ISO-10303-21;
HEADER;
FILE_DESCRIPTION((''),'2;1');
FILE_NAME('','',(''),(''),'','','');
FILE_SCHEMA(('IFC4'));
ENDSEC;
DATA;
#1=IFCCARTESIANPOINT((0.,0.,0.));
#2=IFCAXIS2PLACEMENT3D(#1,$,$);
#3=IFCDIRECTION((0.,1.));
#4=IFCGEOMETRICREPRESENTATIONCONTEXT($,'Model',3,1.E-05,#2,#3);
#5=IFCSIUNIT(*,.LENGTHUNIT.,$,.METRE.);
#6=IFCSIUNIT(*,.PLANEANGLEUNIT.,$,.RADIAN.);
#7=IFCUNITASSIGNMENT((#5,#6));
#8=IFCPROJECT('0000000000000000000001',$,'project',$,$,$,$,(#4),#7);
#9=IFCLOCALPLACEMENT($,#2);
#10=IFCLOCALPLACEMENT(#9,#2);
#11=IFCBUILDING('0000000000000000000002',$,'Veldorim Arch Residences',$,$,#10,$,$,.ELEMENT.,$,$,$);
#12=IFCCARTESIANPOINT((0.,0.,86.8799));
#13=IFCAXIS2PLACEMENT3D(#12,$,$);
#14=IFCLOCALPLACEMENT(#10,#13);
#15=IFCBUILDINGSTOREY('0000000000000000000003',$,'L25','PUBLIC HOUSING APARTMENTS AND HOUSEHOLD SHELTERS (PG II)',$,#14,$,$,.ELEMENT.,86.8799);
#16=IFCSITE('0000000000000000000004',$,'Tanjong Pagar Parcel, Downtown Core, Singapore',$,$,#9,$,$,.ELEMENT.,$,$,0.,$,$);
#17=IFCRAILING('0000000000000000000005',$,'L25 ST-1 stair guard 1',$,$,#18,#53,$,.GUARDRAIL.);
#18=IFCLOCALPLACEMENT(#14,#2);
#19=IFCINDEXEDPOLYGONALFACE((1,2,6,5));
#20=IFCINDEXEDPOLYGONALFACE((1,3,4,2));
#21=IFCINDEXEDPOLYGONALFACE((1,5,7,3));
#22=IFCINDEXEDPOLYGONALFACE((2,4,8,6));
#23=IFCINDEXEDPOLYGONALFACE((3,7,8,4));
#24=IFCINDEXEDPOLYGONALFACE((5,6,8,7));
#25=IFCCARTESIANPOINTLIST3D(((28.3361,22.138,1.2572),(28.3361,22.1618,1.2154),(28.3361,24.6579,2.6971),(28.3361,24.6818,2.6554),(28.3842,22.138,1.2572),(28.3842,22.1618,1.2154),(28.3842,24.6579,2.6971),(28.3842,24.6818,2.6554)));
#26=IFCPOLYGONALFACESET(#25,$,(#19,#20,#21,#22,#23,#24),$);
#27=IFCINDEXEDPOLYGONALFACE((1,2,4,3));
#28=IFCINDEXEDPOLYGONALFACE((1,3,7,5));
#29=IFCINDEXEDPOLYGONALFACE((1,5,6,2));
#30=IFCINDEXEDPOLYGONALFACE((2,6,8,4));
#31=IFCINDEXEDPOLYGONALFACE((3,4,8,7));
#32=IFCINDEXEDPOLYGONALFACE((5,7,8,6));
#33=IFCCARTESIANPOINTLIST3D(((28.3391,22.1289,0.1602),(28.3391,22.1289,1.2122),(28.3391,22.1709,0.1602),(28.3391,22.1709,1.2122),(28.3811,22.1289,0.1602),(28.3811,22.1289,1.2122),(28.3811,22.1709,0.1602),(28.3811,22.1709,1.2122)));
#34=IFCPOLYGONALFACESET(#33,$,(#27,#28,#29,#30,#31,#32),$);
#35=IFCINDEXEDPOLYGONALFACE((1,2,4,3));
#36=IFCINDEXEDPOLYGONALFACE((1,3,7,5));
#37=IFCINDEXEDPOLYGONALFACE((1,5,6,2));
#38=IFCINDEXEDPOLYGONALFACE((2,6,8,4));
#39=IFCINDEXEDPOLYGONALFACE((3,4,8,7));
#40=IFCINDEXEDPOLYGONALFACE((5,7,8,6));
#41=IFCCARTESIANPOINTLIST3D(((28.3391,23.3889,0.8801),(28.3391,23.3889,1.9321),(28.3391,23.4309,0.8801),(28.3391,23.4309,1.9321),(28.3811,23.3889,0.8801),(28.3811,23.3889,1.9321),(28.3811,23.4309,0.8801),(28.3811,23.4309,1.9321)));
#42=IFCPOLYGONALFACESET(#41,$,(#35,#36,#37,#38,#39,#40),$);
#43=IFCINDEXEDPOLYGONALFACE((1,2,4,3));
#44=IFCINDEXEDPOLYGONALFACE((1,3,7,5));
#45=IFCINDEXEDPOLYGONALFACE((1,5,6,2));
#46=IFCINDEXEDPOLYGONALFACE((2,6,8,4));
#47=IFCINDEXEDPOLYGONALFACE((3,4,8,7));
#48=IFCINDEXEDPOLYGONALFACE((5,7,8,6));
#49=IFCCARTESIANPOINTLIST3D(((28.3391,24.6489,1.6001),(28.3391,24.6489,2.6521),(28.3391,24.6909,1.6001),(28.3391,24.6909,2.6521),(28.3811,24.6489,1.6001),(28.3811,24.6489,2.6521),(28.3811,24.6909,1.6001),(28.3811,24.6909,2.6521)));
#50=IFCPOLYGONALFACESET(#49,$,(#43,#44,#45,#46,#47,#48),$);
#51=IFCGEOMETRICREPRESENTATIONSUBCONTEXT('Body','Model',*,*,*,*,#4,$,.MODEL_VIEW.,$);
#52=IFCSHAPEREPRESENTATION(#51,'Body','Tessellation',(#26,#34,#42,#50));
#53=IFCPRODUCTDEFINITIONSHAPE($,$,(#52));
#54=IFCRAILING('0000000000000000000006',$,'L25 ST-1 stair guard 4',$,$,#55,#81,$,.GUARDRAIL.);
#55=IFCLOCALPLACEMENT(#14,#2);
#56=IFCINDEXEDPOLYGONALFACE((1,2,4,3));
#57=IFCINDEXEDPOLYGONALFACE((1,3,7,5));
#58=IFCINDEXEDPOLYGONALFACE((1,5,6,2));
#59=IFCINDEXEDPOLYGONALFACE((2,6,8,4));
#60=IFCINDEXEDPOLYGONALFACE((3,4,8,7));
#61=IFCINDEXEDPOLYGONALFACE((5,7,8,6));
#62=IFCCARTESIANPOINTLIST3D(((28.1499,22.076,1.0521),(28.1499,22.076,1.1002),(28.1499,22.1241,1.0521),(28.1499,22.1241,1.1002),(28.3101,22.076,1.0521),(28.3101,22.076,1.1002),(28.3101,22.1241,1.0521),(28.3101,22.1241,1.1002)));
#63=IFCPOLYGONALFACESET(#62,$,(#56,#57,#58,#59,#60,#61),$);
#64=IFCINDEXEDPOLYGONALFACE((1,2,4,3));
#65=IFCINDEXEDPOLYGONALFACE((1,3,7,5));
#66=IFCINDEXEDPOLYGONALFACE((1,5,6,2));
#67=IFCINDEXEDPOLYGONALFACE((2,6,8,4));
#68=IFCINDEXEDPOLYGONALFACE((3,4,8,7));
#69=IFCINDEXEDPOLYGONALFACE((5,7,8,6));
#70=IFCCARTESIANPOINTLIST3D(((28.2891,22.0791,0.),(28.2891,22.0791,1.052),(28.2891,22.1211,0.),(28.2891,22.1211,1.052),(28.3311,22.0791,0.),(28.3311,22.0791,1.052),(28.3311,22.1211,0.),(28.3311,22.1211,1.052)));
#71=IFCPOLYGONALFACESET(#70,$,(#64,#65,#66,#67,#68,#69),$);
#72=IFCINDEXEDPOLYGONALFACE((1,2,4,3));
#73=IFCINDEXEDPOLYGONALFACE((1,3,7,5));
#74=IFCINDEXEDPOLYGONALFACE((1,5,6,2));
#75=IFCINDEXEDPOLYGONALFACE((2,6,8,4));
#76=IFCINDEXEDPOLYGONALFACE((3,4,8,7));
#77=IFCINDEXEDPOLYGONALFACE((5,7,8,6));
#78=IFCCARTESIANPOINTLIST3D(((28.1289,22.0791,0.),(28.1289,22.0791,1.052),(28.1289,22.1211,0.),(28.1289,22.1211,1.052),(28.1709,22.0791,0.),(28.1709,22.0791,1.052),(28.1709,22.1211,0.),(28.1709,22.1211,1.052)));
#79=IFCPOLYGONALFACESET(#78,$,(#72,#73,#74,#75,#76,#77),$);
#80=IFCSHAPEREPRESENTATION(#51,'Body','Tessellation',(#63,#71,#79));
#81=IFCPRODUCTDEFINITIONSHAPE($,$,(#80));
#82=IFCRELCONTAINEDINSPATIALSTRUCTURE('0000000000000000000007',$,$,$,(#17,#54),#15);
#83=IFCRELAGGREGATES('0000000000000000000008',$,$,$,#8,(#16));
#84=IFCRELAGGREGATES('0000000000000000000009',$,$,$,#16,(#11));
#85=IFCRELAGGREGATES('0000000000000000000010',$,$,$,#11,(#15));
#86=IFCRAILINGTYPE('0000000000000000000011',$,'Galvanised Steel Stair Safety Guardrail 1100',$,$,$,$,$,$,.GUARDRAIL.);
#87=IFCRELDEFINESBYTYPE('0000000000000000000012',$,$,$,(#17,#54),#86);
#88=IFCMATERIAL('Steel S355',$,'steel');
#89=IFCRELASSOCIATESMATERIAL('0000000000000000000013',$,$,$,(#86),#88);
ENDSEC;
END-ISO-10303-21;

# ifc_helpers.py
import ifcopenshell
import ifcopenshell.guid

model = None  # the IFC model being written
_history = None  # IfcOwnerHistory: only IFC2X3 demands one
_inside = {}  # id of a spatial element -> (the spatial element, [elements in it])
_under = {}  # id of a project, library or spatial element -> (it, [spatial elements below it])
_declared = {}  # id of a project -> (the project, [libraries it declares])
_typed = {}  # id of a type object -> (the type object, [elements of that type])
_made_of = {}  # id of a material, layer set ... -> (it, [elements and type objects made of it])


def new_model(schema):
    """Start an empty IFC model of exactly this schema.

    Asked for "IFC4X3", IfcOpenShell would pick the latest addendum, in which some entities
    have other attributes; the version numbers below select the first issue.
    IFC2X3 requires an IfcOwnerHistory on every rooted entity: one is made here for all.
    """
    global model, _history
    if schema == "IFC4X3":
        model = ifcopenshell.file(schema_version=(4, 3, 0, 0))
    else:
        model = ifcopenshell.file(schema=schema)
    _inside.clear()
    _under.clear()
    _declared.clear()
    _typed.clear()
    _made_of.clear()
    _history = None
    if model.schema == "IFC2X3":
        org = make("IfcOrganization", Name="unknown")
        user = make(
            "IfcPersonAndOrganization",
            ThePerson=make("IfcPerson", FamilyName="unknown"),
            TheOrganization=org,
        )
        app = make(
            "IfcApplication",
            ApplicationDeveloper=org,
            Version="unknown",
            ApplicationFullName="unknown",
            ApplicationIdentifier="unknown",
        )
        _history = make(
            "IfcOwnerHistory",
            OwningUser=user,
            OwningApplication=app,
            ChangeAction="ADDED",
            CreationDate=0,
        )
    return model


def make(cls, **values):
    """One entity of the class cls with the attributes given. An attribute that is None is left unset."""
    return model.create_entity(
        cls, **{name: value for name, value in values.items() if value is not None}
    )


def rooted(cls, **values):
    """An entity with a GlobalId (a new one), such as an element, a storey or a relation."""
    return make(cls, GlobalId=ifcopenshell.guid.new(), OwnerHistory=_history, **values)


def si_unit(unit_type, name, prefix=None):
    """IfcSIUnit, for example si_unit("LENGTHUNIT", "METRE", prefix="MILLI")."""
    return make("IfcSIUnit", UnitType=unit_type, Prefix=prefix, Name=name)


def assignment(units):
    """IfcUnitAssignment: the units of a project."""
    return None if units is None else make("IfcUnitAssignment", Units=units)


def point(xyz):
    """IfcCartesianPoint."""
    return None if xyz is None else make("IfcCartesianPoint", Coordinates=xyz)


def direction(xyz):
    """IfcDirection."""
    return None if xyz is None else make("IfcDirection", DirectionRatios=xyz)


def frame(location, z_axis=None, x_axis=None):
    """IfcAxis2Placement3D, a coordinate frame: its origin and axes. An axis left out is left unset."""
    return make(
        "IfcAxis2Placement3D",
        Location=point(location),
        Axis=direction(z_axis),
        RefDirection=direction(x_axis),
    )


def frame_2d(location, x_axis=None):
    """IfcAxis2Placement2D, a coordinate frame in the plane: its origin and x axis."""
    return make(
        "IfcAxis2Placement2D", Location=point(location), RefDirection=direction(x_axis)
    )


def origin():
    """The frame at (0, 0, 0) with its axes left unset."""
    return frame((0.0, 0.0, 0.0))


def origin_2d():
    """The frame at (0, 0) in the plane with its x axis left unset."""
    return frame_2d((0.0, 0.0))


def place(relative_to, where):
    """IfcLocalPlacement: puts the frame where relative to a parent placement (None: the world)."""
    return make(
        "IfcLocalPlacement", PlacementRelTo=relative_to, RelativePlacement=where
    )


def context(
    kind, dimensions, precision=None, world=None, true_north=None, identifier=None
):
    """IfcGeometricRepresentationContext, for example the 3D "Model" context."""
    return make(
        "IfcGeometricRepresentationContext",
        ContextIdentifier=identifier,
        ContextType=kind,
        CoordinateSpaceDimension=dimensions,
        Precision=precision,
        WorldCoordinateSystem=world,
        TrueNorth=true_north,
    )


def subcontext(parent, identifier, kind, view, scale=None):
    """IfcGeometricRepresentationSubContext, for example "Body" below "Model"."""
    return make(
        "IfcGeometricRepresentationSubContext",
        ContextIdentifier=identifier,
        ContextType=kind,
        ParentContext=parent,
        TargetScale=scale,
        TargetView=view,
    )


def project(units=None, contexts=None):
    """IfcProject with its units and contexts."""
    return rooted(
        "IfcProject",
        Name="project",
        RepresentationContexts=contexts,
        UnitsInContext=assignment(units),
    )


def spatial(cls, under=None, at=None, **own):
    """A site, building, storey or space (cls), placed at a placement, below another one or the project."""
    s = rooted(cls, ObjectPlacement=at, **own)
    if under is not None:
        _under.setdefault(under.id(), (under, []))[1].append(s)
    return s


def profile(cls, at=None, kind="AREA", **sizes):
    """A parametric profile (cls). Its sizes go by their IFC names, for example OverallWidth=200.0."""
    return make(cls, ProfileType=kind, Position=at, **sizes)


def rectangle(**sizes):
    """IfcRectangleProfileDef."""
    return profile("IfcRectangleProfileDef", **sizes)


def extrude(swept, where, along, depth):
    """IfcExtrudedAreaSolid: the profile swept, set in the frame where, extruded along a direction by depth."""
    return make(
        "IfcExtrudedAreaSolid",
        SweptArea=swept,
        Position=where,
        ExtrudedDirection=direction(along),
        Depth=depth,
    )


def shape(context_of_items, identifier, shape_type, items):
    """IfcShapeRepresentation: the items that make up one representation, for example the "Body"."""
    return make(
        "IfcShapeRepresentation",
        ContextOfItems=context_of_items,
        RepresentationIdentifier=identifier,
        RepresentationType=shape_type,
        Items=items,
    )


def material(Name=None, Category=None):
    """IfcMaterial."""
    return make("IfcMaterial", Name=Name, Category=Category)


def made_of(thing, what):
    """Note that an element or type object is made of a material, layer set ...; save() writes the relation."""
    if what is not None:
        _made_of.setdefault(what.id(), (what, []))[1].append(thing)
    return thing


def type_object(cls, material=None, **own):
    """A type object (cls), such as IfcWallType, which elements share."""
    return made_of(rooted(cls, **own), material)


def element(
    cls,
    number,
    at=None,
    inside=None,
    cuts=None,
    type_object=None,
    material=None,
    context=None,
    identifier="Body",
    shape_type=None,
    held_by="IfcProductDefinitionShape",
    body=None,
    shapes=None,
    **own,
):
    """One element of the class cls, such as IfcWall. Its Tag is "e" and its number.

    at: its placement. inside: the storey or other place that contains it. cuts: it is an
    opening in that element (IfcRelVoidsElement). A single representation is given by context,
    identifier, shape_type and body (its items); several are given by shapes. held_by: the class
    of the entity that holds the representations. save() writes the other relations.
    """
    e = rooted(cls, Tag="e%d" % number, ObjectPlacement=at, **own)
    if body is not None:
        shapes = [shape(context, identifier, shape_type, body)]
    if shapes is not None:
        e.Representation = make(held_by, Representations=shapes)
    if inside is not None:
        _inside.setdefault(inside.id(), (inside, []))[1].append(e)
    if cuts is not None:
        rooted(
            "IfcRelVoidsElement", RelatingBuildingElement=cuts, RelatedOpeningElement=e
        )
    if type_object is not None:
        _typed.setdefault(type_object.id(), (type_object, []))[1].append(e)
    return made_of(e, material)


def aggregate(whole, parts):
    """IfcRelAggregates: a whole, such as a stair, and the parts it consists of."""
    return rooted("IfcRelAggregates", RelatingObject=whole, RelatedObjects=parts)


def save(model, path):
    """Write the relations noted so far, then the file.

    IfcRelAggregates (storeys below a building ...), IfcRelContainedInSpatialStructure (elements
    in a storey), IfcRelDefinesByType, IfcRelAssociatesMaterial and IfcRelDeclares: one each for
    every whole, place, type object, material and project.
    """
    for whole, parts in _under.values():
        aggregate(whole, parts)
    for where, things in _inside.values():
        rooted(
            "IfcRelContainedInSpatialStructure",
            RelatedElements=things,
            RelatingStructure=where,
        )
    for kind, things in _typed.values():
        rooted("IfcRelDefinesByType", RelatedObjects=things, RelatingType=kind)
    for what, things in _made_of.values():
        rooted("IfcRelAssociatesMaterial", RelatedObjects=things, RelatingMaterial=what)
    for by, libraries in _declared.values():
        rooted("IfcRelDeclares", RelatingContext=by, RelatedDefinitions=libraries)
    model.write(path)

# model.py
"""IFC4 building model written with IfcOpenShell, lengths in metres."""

from ifc_helpers import new_model, si_unit, direction, frame, origin, origin_2d, place, context, subcontext, project, spatial, rectangle, extrude, material, type_object, element, save


model = new_model("IFC4")

# Units and contexts
model_context = context("Model", 3, precision=1e-05, world=origin(), true_north=direction((0.0, 1.0)))
body_context = subcontext(model_context, "Body", "Model", "MODEL_VIEW")
ifc_project = project(units=[si_unit("LENGTHUNIT", "METRE"), si_unit("PLANEANGLEUNIT", "RADIAN")], contexts=[model_context])

# Site, building, storey
site_placement = place(None, origin())
site = spatial("IfcSite", under=ifc_project, at=site_placement, Name="Tanjong Pagar Parcel, Downtown Core, Singapore", CompositionType="ELEMENT", RefElevation=0.0)
building_placement = place(site_placement, origin())
building = spatial("IfcBuilding", under=site, at=building_placement, Name="Veldorim Arch Residences", CompositionType="ELEMENT")
storey_placement = place(building_placement, frame((0.0, 0.0, 86.8799)))
storey = spatial("IfcBuildingStorey", under=building, at=storey_placement, Name="L25", Description="PUBLIC HOUSING APARTMENTS AND HOUSEHOLD SHELTERS (PG II)", CompositionType="ELEMENT", Elevation=86.8799)

# Railings
ifc_material_1 = material(Name="Steel S355", Category="steel")
railing_type = type_object("IfcRailingType", Name="Galvanised Steel Stair Safety Guardrail 1100", PredefinedType="GUARDRAIL", material=ifc_material_1)
railing_1_placement = place(storey_placement, frame((28.3601, 22.1499, 0.1602)))
element("IfcRailing", 1, at=railing_1_placement, inside=storey, type_object=railing_type, Name="L25 ST-1 stair guard 1", PredefinedType="GUARDRAIL", context=body_context, shape_type="SweptSolid", body=[
    extrude(rectangle(XDim=0.0481, YDim=0.0481, at=origin_2d()), frame((0.0, 0.0, 1.0762), z_axis=(0.0, 0.868253, 0.496121), x_axis=(-1.0, 0.0, 0.0)), (0.0, 0.0, 1.0), 2.9023),
    extrude(rectangle(XDim=0.042, YDim=0.042, at=origin_2d()), origin(), (0.0, 0.0, 1.0), 1.052),
    extrude(rectangle(XDim=0.042, YDim=0.042, at=origin_2d()), frame((0.0, 1.26, 0.72)), (0.0, 0.0, 1.0), 1.052),
    extrude(rectangle(XDim=0.042, YDim=0.042, at=origin_2d()), frame((0.0, 2.52, 1.4399)), (0.0, 0.0, 1.0), 1.052),
])
railing_2_placement = place(storey_placement, frame((28.3101, 22.1001, 0.0)))
element("IfcRailing", 2, at=railing_2_placement, inside=storey, type_object=railing_type, Name="L25 ST-1 stair guard 4", PredefinedType="GUARDRAIL", context=body_context, shape_type="SweptSolid", body=[
    extrude(rectangle(XDim=0.0481, YDim=0.0481, at=origin_2d()), frame((0.0, 0.0, 1.0762), z_axis=(-1.0, 0.0, 0.0), x_axis=(0.0, -1.0, 0.0)), (0.0, 0.0, 1.0), 0.1602),
    extrude(rectangle(XDim=0.042, YDim=0.042, at=origin_2d()), origin(), (0.0, 0.0, 1.0), 1.052),
    extrude(rectangle(XDim=0.042, YDim=0.042, at=origin_2d()), frame((-0.1602, 0.0, 0.0)), (0.0, 0.0, 1.0), 1.052),
])

save(model, "model.ifc")
